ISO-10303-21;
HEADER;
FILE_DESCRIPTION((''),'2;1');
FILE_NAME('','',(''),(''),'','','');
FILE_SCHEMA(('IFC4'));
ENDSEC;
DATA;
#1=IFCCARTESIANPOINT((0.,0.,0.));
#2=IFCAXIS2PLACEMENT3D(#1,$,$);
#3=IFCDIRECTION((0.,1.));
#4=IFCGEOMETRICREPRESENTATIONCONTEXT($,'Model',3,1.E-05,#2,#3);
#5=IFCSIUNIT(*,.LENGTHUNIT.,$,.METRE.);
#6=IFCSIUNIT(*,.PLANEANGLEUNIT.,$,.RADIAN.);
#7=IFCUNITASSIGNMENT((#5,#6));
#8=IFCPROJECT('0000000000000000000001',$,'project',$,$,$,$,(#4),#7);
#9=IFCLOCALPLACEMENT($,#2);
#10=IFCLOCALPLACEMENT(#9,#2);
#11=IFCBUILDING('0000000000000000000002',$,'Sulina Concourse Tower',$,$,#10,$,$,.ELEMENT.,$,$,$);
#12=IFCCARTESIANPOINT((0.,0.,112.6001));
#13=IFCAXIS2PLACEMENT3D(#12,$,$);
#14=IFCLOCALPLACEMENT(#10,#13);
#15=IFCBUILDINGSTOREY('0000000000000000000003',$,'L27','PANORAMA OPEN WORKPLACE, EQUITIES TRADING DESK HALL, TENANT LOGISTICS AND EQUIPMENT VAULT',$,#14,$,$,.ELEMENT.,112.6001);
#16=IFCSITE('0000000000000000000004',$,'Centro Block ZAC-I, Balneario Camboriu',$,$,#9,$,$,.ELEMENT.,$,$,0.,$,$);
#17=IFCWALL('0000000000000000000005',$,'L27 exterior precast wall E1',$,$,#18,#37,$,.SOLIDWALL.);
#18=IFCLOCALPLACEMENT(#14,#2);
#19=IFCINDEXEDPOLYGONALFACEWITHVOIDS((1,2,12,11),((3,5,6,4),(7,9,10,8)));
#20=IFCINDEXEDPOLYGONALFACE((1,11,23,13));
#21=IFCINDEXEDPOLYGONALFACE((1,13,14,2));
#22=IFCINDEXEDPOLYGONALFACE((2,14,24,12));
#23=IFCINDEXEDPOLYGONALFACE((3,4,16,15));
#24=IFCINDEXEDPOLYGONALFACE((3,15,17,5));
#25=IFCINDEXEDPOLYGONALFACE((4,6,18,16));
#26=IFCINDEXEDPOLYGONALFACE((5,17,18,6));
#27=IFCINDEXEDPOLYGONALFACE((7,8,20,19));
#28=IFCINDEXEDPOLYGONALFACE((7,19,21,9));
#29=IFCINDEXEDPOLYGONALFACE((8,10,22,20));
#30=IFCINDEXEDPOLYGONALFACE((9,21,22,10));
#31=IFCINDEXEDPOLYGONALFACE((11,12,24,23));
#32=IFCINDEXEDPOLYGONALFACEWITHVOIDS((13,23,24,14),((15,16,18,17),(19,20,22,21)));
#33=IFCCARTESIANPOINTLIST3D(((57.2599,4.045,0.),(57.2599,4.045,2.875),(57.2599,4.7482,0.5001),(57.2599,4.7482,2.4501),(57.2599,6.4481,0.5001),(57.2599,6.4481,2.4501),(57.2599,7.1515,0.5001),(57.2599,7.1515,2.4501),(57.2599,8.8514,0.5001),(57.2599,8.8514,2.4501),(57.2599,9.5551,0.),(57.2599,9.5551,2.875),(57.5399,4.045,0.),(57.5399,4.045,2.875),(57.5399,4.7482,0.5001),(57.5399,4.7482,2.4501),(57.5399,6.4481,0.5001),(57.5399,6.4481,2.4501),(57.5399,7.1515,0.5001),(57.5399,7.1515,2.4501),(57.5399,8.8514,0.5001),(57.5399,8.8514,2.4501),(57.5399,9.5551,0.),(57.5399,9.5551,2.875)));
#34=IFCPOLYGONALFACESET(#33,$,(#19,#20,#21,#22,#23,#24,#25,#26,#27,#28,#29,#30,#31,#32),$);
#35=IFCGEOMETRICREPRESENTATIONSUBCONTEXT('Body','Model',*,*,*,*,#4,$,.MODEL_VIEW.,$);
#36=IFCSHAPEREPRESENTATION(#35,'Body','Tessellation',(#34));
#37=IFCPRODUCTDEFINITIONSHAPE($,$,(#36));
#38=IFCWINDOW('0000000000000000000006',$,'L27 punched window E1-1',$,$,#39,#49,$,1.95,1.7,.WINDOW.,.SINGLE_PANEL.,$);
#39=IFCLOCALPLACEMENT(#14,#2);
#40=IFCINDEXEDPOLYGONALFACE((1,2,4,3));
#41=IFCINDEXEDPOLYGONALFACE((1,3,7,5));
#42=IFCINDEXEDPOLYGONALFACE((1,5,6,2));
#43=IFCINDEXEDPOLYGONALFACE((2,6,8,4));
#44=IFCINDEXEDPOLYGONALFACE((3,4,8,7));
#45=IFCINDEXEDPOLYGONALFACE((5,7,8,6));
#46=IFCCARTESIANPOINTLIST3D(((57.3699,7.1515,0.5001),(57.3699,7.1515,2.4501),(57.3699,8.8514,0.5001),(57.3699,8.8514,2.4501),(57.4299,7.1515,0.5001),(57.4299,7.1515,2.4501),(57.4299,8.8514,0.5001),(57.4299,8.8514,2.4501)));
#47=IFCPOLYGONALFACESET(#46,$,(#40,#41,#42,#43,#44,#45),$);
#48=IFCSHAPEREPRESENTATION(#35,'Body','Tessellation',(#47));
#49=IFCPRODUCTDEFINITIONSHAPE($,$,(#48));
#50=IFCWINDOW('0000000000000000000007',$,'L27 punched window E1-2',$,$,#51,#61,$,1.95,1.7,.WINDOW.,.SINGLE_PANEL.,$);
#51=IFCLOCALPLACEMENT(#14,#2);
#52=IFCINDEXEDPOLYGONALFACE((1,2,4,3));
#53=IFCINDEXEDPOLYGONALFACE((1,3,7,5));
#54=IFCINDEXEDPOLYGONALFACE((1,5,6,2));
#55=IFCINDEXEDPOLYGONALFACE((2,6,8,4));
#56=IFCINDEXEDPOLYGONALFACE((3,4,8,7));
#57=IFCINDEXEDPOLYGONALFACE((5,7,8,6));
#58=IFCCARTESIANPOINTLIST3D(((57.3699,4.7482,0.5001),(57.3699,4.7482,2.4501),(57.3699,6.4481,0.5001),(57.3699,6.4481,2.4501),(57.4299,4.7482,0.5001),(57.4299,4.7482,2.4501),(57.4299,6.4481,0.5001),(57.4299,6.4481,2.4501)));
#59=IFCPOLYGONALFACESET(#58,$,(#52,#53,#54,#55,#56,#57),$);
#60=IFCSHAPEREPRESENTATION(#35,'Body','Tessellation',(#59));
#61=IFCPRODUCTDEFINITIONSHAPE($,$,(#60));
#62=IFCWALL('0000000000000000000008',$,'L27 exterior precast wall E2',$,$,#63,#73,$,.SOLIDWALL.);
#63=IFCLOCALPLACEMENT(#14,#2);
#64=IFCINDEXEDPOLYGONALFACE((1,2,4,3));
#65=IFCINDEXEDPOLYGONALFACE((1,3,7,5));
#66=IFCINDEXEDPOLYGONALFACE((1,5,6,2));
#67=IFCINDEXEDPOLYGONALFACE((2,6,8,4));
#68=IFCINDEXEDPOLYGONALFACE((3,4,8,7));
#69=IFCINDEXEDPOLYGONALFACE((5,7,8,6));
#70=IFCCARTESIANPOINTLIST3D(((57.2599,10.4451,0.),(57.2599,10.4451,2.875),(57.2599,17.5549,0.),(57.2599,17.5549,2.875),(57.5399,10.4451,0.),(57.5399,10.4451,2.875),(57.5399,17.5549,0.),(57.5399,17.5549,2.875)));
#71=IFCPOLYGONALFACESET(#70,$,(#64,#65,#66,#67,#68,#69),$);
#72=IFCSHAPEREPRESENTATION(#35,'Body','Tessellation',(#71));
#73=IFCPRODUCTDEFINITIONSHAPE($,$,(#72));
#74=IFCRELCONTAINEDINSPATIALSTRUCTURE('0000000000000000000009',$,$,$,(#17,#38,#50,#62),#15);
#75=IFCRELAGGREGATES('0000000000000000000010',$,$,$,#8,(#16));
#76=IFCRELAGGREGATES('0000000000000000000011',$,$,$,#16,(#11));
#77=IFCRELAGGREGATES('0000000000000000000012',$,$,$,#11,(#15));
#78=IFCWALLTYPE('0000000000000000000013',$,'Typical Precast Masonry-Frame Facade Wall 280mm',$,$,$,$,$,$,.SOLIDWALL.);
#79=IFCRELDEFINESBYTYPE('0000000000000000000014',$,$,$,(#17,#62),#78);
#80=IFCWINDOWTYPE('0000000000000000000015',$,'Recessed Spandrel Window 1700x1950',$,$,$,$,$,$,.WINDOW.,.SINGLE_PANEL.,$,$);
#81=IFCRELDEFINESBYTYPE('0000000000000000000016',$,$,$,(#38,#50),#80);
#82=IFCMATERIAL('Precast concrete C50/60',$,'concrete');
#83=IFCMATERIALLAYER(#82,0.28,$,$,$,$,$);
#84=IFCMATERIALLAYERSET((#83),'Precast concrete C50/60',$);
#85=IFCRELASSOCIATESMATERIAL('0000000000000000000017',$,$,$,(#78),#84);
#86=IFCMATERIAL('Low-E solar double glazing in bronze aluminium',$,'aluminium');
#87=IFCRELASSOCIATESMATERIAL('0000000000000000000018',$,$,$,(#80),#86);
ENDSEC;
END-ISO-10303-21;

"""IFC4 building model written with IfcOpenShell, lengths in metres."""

from ifc_helpers import new_model, si_unit, direction, frame, frame_2d, origin, place, context, subcontext, project, spatial, rectangle, extrude, material, layer, layer_set, type_object, element, fill, save


model = new_model("IFC4")

# Units and contexts
model_context = context("Model", 3, precision=1e-05, world=origin(), true_north=direction((0.0, 1.0)))
body_context = subcontext(model_context, "Body", "Model", "MODEL_VIEW")
ifc_project = project(units=[si_unit("LENGTHUNIT", "METRE"), si_unit("PLANEANGLEUNIT", "RADIAN")], contexts=[model_context])

# Site, building, storey
site_placement = place(None, origin())
site = spatial("IfcSite", under=ifc_project, at=site_placement, Name="Centro Block ZAC-I, Balneario Camboriu", CompositionType="ELEMENT", RefElevation=0.0)
building_placement = place(site_placement, origin())
building = spatial("IfcBuilding", under=site, at=building_placement, Name="Sulina Concourse Tower", CompositionType="ELEMENT")
storey_placement = place(building_placement, frame((0.0, 0.0, 112.6001)))
storey = spatial("IfcBuildingStorey", under=building, at=storey_placement, Name="L27", Description="PANORAMA OPEN WORKPLACE, EQUITIES TRADING DESK HALL, TENANT LOGISTICS AND EQUIPMENT VAULT", CompositionType="ELEMENT", Elevation=112.6001)

# Wall, openings, windows
ifc_material_1 = material(Name="Precast concrete C50/60", Category="concrete")
ifc_layer_1 = layer(ifc_material_1, 0.28)
ifc_layer_set_1 = layer_set([ifc_layer_1], Name="Precast concrete C50/60")
wall_type_1 = type_object("IfcWallType", Name="Typical Precast Masonry-Frame Facade Wall 280mm", PredefinedType="SOLIDWALL", material=ifc_layer_set_1)
wall_1_placement = place(storey_placement, frame((57.3999, 9.5549, 0.0), z_axis=(0.0, 0.0, 1.0), x_axis=(0.0, -1.0, 0.0)))
wall_1 = element("IfcWall", 1, at=wall_1_placement, inside=storey, type_object=wall_type_1, Name="L27 exterior precast wall E1", PredefinedType="SOLIDWALL", context=body_context, shape_type="SweptSolid", body=[
    extrude(rectangle(XDim=5.51, YDim=0.28, at=frame_2d((2.7549, 0.0))), origin(), (0.0, 0.0, 1.0), 2.875),
])
opening_1_placement = place(wall_1_placement, frame((0.7034, 0.0, 0.5)))
opening_1 = element("IfcOpeningElement", 2, at=opening_1_placement, cuts=wall_1, PredefinedType="OPENING", context=body_context, shape_type="SweptSolid", body=[
    extrude(rectangle(XDim=1.7, YDim=1.95, at=frame_2d((0.8501, 0.9751))), frame((0.0, 0.1499, 0.0), z_axis=(0.0, -1.0, 0.0), x_axis=(1.0, 0.0, 0.0)), (0.0, 0.0, 1.0), 0.3),
])
opening_2_placement = place(wall_1_placement, frame((3.1067, 0.0, 0.5)))
opening_2 = element("IfcOpeningElement", 3, at=opening_2_placement, cuts=wall_1, PredefinedType="OPENING", context=body_context, shape_type="SweptSolid", body=[
    extrude(rectangle(XDim=1.7, YDim=1.95, at=frame_2d((0.8501, 0.9751))), frame((0.0, 0.1499, 0.0), z_axis=(0.0, -1.0, 0.0), x_axis=(1.0, 0.0, 0.0)), (0.0, 0.0, 1.0), 0.3),
])
ifc_material_2 = material(Name="Low-E solar double glazing in bronze aluminium", Category="aluminium")
window_type = type_object("IfcWindowType", Name="Recessed Spandrel Window 1700x1950", PartitioningType="SINGLE_PANEL", PredefinedType="WINDOW", material=ifc_material_2)
window_1_placement = place(opening_1_placement, origin())
window_1 = element("IfcWindow", 4, at=window_1_placement, inside=storey, type_object=window_type, Name="L27 punched window E1-1", OverallHeight=1.95, OverallWidth=1.7, PartitioningType="SINGLE_PANEL", PredefinedType="WINDOW", context=body_context, shape_type="SweptSolid", body=[
    extrude(rectangle(XDim=1.7, YDim=1.95, at=frame_2d((0.8501, 0.9751))), frame((0.0, 0.03, 0.0), z_axis=(0.0, -1.0, 0.0), x_axis=(1.0, 0.0, 0.0)), (0.0, 0.0, 1.0), 0.0601),
])
fill(opening_1, window_1)
window_2_placement = place(opening_2_placement, origin())
window_2 = element("IfcWindow", 5, at=window_2_placement, inside=storey, type_object=window_type, Name="L27 punched window E1-2", OverallHeight=1.95, OverallWidth=1.7, PartitioningType="SINGLE_PANEL", PredefinedType="WINDOW", context=body_context, shape_type="SweptSolid", body=[
    extrude(rectangle(XDim=1.7, YDim=1.95, at=frame_2d((0.8501, 0.9751))), frame((0.0, 0.03, 0.0), z_axis=(0.0, -1.0, 0.0), x_axis=(1.0, 0.0, 0.0)), (0.0, 0.0, 1.0), 0.0601),
])
fill(opening_2, window_2)

# Wall
wall_2_placement = place(storey_placement, frame((57.3999, 17.5549, 0.0), z_axis=(0.0, 0.0, 1.0), x_axis=(0.0, -1.0, 0.0)))
element("IfcWall", 6, at=wall_2_placement, inside=storey, type_object=wall_type_1, Name="L27 exterior precast wall E2", PredefinedType="SOLIDWALL", context=body_context, shape_type="SweptSolid", body=[
    extrude(rectangle(XDim=7.1099, YDim=0.28, at=frame_2d((3.5549, 0.0))), origin(), (0.0, 0.0, 1.0), 2.875),
])

save(model, "model.ifc")
